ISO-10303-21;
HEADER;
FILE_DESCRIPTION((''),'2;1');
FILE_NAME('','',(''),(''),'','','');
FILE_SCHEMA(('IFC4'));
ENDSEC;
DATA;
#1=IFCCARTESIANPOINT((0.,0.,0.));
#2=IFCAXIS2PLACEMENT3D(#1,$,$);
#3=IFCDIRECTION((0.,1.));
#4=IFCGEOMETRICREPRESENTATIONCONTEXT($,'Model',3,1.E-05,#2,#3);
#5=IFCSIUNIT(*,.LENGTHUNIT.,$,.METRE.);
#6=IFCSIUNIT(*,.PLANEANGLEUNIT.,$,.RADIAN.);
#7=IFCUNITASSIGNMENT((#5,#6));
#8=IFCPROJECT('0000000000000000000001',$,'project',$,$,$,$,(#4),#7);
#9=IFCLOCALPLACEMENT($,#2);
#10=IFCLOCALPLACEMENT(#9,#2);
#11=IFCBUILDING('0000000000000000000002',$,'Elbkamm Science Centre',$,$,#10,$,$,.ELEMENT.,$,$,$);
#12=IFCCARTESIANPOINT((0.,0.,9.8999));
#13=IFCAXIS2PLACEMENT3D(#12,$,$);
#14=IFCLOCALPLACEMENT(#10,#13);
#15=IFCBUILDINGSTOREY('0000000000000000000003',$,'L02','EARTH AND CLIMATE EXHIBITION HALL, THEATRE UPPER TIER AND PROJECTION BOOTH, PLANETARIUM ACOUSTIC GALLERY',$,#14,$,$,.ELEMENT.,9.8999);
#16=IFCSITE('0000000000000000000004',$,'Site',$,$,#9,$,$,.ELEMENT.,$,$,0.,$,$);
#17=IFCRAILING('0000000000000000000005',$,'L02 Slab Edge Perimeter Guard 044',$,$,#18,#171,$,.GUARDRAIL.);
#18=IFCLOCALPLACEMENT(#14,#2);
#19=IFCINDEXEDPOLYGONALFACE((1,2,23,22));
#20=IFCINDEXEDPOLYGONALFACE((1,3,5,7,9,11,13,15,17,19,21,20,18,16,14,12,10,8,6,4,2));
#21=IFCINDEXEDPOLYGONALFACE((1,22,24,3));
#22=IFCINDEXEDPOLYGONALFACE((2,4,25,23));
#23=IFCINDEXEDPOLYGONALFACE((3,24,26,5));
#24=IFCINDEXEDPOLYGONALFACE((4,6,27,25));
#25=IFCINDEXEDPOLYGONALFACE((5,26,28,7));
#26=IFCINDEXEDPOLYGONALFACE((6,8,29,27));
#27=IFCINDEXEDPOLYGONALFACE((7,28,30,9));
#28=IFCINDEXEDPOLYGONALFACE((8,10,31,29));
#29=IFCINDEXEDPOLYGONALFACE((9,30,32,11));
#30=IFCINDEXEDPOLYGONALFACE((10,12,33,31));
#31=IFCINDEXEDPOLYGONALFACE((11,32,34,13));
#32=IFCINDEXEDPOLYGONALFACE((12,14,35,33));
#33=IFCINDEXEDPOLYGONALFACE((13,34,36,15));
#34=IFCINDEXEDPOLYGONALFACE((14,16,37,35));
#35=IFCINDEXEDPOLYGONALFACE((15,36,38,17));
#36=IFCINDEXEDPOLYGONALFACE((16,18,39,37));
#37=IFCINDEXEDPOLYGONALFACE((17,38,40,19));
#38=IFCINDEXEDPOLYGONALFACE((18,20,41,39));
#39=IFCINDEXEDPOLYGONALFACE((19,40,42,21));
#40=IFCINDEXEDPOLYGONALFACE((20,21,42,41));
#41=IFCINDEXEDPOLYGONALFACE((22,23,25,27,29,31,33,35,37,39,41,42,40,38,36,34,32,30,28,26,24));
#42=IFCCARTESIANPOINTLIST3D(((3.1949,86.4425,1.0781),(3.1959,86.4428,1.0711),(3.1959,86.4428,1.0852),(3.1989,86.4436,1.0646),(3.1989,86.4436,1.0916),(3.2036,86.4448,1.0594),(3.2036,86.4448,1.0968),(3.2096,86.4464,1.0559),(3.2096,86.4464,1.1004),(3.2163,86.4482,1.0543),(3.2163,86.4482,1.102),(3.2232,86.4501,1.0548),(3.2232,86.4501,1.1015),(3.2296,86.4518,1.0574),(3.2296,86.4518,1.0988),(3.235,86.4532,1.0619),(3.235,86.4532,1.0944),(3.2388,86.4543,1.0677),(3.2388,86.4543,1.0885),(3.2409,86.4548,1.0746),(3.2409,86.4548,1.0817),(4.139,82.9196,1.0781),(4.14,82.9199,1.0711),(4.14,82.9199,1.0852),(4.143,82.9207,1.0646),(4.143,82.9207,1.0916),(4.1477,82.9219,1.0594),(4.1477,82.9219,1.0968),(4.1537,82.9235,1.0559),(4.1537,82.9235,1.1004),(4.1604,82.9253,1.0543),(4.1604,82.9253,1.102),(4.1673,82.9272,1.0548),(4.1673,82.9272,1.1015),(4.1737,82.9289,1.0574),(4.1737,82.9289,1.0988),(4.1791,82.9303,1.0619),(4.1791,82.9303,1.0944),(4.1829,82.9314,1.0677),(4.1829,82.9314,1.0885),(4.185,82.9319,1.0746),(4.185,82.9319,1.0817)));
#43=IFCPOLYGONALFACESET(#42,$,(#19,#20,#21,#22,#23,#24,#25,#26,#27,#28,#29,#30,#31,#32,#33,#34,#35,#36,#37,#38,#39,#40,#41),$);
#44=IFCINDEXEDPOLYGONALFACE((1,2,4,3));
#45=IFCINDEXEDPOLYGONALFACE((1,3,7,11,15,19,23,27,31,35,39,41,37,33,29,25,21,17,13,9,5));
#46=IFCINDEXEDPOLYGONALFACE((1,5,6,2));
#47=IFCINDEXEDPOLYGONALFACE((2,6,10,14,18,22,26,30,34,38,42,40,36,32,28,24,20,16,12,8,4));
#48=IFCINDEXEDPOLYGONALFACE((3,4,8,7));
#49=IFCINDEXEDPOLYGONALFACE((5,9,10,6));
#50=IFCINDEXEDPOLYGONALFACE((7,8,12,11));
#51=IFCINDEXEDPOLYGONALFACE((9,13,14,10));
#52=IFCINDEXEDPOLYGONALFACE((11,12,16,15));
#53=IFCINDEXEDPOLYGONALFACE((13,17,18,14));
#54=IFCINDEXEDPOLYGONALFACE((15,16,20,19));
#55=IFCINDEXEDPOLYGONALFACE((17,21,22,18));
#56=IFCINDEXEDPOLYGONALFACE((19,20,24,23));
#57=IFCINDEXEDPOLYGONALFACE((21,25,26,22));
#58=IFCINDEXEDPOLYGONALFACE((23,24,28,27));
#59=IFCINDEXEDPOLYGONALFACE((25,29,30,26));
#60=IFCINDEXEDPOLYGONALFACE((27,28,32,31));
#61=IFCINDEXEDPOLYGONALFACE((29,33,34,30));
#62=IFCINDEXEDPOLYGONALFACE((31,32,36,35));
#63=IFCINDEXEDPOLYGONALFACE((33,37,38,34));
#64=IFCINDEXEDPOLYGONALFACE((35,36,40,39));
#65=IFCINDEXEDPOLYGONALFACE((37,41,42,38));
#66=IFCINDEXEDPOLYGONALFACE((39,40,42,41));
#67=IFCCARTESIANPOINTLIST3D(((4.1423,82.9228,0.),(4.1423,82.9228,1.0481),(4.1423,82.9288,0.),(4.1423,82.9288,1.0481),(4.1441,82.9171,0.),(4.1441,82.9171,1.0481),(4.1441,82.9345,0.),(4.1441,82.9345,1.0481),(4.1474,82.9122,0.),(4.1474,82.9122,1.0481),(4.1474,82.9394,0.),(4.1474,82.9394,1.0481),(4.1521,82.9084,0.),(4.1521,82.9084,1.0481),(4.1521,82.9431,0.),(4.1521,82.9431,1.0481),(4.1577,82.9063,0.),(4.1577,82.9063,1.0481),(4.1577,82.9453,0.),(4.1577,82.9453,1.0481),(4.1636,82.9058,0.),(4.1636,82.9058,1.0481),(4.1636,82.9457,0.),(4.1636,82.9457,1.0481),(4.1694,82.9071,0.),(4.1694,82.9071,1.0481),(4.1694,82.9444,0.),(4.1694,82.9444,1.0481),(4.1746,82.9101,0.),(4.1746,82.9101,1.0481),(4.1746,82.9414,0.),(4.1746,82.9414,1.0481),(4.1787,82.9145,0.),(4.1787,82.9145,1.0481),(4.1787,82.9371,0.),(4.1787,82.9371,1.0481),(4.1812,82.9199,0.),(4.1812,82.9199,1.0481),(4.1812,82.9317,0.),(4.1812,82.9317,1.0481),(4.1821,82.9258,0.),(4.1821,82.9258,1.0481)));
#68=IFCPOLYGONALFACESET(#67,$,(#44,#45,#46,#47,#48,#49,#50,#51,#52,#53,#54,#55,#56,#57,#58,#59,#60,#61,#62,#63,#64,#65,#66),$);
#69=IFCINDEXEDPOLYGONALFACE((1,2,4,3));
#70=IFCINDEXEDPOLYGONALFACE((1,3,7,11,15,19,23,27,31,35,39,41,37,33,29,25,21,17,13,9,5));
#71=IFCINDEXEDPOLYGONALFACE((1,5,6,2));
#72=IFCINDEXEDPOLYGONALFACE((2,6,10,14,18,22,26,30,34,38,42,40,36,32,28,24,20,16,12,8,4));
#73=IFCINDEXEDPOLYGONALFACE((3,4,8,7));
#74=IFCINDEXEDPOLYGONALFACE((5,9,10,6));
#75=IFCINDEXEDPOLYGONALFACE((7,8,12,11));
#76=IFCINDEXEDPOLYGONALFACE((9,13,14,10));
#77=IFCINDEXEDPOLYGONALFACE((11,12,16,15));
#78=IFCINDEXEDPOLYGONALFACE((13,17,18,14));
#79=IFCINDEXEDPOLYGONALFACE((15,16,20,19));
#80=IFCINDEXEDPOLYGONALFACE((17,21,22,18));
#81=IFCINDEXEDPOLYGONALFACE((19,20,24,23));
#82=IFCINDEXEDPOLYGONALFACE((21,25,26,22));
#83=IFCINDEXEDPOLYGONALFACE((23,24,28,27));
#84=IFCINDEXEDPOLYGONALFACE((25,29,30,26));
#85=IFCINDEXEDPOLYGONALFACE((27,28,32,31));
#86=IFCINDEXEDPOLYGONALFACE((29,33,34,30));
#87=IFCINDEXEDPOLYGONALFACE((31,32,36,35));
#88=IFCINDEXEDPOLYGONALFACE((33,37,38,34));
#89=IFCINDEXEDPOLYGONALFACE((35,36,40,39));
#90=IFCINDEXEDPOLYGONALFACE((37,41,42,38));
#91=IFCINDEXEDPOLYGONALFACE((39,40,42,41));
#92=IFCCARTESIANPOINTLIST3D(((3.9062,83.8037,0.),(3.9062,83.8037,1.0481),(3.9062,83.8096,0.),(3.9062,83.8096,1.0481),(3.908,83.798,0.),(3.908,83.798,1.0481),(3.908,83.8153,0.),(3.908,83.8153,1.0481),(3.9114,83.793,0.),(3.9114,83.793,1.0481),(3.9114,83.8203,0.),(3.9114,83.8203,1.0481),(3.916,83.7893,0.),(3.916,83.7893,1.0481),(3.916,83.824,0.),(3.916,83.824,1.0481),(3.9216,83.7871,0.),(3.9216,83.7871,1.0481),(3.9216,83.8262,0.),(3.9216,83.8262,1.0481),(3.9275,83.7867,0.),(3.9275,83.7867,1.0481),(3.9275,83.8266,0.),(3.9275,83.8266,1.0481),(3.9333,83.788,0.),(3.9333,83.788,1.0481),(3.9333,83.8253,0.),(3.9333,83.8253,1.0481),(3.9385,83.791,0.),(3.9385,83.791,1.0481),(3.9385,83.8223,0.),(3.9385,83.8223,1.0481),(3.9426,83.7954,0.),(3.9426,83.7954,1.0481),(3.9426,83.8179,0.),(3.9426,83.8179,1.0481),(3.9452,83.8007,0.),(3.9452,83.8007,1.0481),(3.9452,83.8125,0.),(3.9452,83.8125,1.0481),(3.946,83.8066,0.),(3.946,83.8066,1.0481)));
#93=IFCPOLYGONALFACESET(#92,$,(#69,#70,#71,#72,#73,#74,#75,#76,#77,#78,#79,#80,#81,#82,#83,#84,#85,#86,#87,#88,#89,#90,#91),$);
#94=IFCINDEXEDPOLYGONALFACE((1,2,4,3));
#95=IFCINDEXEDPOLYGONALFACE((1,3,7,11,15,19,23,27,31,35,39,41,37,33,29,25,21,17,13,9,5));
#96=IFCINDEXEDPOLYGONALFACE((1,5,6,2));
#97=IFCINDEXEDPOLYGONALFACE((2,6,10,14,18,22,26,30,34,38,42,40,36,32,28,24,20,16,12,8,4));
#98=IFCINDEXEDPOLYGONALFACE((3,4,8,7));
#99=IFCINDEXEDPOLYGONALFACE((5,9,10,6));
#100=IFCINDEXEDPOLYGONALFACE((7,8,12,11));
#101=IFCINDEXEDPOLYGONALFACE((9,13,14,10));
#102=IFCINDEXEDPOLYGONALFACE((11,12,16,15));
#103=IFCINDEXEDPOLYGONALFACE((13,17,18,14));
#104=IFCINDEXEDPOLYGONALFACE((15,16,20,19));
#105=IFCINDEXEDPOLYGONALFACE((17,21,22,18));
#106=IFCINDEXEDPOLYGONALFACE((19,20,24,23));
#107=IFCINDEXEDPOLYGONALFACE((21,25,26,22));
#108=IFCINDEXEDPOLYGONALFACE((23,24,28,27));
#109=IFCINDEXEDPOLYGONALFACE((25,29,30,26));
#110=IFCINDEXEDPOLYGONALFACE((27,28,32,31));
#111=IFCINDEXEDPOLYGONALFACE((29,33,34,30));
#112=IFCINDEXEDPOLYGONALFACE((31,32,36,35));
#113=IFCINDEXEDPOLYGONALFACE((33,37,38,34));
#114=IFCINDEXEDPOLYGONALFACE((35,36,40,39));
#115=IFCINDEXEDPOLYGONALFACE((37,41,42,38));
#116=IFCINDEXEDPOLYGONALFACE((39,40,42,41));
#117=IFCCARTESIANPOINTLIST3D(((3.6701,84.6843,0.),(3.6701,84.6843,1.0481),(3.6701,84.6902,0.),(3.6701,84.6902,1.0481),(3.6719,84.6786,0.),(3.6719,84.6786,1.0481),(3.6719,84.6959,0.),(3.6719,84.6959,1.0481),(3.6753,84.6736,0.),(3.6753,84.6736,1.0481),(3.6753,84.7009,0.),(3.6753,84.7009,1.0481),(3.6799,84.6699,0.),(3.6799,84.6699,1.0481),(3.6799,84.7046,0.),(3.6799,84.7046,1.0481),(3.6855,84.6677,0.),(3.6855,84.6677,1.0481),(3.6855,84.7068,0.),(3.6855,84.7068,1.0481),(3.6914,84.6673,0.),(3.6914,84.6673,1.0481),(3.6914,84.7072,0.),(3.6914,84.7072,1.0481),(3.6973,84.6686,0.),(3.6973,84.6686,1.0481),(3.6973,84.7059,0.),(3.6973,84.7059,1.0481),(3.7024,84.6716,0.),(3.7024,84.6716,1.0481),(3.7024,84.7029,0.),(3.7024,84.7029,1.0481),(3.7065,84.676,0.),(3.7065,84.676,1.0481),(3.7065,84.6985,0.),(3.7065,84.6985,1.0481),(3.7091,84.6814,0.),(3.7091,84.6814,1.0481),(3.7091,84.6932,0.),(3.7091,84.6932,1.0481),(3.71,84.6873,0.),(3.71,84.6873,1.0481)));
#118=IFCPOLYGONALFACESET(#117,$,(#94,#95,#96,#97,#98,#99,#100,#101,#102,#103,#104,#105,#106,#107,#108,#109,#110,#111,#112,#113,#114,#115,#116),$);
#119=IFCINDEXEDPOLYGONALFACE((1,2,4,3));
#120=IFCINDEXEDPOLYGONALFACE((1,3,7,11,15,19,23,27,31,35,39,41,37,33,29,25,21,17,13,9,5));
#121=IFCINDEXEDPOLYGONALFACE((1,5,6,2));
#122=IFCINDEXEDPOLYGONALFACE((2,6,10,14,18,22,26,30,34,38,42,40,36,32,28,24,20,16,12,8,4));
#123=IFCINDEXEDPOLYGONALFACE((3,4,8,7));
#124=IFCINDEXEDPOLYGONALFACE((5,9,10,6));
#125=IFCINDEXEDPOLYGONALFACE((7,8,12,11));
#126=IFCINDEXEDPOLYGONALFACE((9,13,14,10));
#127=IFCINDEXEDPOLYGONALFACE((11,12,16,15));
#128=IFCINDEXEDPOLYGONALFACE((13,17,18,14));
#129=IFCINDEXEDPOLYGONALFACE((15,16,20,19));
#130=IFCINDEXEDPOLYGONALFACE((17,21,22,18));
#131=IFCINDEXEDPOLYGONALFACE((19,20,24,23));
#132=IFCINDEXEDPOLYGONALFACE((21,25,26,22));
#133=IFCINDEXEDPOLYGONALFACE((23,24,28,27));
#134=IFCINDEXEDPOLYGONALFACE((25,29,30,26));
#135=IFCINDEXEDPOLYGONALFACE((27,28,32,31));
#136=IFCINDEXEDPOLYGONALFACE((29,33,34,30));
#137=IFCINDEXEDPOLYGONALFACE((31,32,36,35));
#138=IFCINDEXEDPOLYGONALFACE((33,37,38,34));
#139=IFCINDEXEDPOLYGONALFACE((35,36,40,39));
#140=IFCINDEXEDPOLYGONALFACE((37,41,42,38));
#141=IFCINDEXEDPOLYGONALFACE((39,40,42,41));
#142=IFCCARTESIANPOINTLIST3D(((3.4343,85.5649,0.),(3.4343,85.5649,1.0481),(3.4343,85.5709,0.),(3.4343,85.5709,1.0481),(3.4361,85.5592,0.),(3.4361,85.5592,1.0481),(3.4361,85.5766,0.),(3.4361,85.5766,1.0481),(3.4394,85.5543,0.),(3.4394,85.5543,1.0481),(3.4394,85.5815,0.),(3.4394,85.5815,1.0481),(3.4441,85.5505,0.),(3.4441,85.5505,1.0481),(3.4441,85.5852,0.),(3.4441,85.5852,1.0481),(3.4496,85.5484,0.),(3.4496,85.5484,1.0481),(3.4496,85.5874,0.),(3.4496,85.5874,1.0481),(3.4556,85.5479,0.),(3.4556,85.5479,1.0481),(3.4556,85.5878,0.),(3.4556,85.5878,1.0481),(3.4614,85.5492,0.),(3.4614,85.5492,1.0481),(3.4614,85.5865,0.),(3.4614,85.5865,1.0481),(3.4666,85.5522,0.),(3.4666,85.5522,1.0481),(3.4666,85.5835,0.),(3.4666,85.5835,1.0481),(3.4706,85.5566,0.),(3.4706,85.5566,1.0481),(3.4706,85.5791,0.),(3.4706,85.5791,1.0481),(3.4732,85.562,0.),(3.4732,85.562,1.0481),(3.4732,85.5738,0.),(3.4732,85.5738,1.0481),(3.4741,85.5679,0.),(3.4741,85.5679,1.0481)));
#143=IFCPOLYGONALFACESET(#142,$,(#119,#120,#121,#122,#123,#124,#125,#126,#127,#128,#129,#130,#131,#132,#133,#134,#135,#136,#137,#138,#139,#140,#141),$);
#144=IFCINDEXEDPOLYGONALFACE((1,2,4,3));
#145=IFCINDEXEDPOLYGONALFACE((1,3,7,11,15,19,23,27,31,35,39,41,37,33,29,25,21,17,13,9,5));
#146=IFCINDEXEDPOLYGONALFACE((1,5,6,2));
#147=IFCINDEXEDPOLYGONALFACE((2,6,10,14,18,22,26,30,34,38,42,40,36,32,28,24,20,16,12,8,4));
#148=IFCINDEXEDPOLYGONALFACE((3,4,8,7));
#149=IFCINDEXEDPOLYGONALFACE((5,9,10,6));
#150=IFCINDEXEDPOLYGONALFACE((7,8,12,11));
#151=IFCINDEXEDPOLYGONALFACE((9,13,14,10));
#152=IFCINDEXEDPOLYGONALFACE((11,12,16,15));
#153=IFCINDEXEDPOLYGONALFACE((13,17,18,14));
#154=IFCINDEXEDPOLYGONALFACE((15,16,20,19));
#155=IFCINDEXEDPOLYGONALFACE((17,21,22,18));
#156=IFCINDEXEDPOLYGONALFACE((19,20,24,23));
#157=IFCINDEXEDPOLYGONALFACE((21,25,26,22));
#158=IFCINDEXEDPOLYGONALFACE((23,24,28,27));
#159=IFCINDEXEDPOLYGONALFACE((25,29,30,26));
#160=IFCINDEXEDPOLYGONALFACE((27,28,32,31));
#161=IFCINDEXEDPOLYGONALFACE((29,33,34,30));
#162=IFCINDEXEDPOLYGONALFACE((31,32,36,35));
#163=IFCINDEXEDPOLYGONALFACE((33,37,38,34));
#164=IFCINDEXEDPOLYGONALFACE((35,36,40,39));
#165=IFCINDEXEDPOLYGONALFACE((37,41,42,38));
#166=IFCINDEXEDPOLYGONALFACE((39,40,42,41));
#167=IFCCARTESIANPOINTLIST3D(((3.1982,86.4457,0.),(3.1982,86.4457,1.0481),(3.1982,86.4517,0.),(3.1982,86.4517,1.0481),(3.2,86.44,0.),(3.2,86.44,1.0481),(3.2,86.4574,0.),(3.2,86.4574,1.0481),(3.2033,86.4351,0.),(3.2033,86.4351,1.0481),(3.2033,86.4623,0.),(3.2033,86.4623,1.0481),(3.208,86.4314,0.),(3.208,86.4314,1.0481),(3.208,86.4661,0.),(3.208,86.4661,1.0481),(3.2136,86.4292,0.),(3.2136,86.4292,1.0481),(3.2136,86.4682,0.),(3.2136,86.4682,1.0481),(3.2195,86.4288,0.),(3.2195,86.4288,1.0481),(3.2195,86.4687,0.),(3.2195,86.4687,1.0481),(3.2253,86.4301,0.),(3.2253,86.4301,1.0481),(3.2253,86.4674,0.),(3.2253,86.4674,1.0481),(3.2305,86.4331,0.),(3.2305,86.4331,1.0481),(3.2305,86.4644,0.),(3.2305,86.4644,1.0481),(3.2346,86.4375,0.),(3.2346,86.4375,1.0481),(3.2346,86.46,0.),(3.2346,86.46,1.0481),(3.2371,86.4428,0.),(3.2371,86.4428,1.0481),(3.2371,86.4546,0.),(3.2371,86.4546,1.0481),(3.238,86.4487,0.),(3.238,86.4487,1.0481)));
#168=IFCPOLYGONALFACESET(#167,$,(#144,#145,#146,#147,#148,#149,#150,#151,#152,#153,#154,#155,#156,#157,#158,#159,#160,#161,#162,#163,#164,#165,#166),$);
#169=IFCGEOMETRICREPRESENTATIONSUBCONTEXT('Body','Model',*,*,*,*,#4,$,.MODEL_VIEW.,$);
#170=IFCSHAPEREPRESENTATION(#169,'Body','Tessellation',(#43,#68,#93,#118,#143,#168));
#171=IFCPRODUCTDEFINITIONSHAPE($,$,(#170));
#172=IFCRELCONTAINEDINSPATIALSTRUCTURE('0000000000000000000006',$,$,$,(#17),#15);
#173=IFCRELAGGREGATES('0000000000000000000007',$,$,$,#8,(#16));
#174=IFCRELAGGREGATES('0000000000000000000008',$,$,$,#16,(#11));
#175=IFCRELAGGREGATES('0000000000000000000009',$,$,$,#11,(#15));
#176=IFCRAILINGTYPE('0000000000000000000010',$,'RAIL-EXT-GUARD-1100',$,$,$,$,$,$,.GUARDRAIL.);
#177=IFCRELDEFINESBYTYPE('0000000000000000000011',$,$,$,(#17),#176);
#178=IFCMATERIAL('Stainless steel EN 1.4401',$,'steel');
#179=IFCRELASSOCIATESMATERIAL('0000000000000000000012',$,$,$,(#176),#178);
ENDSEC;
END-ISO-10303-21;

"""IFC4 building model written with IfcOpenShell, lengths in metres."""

from ifc_helpers import new_model, si_unit, direction, frame, origin, origin_2d, place, context, subcontext, project, spatial, circle, extrude, material, type_object, element, save


model = new_model("IFC4")

# Units and contexts
model_context = context("Model", 3, precision=1e-05, world=origin(), true_north=direction((0.0, 1.0)))
body_context = subcontext(model_context, "Body", "Model", "MODEL_VIEW")
ifc_project = project(units=[si_unit("LENGTHUNIT", "METRE"), si_unit("PLANEANGLEUNIT", "RADIAN")], contexts=[model_context])

# Site, building, storey
site_placement = place(None, origin())
site = spatial("IfcSite", under=ifc_project, at=site_placement, Name="Site", CompositionType="ELEMENT", RefElevation=0.0)
building_placement = place(site_placement, origin())
building = spatial("IfcBuilding", under=site, at=building_placement, Name="Elbkamm Science Centre", CompositionType="ELEMENT")
storey_placement = place(building_placement, frame((0.0, 0.0, 9.8999)))
storey = spatial("IfcBuildingStorey", under=building, at=storey_placement, Name="L02", Description="EARTH AND CLIMATE EXHIBITION HALL, THEATRE UPPER TIER AND PROJECTION BOOTH, PLANETARIUM ACOUSTIC GALLERY", CompositionType="ELEMENT", Elevation=9.8999)

# Railing
ifc_material_1 = material(Name="Stainless steel EN 1.4401", Category="steel")
railing_type = type_object("IfcRailingType", Name="RAIL-EXT-GUARD-1100", PredefinedType="GUARDRAIL", material=ifc_material_1)
railing_1_placement = place(storey_placement, frame((4.1621, 82.9258, 0.0)))
element("IfcRailing", 1, at=railing_1_placement, inside=storey, type_object=railing_type, Name="L02 Slab Edge Perimeter Guard 044", PredefinedType="GUARDRAIL", context=body_context, shape_type="SweptSolid", body=[
    extrude(circle(Radius=0.0239, at=origin_2d()), frame((0.0, 0.0, 1.0781), z_axis=(-0.25885, 0.965918, 0.0), x_axis=(-0.965918, -0.25885, 0.0)), (0.0, 0.0, 1.0), 3.6472),
    extrude(circle(Radius=0.02, at=origin_2d()), origin(), (0.0, 0.0, 1.0), 1.0481),
    extrude(circle(Radius=0.02, at=origin_2d()), frame((-0.2361, 0.8809, 0.0)), (0.0, 0.0, 1.0), 1.0481),
    extrude(circle(Radius=0.02, at=origin_2d()), frame((-0.4722, 1.7615, 0.0)), (0.0, 0.0, 1.0), 1.0481),
    extrude(circle(Radius=0.02, at=origin_2d()), frame((-0.708, 2.6421, 0.0)), (0.0, 0.0, 1.0), 1.0481),
    extrude(circle(Radius=0.02, at=origin_2d()), frame((-0.9441, 3.5229, 0.0)), (0.0, 0.0, 1.0), 1.0481),
])

save(model, "model.ifc")
